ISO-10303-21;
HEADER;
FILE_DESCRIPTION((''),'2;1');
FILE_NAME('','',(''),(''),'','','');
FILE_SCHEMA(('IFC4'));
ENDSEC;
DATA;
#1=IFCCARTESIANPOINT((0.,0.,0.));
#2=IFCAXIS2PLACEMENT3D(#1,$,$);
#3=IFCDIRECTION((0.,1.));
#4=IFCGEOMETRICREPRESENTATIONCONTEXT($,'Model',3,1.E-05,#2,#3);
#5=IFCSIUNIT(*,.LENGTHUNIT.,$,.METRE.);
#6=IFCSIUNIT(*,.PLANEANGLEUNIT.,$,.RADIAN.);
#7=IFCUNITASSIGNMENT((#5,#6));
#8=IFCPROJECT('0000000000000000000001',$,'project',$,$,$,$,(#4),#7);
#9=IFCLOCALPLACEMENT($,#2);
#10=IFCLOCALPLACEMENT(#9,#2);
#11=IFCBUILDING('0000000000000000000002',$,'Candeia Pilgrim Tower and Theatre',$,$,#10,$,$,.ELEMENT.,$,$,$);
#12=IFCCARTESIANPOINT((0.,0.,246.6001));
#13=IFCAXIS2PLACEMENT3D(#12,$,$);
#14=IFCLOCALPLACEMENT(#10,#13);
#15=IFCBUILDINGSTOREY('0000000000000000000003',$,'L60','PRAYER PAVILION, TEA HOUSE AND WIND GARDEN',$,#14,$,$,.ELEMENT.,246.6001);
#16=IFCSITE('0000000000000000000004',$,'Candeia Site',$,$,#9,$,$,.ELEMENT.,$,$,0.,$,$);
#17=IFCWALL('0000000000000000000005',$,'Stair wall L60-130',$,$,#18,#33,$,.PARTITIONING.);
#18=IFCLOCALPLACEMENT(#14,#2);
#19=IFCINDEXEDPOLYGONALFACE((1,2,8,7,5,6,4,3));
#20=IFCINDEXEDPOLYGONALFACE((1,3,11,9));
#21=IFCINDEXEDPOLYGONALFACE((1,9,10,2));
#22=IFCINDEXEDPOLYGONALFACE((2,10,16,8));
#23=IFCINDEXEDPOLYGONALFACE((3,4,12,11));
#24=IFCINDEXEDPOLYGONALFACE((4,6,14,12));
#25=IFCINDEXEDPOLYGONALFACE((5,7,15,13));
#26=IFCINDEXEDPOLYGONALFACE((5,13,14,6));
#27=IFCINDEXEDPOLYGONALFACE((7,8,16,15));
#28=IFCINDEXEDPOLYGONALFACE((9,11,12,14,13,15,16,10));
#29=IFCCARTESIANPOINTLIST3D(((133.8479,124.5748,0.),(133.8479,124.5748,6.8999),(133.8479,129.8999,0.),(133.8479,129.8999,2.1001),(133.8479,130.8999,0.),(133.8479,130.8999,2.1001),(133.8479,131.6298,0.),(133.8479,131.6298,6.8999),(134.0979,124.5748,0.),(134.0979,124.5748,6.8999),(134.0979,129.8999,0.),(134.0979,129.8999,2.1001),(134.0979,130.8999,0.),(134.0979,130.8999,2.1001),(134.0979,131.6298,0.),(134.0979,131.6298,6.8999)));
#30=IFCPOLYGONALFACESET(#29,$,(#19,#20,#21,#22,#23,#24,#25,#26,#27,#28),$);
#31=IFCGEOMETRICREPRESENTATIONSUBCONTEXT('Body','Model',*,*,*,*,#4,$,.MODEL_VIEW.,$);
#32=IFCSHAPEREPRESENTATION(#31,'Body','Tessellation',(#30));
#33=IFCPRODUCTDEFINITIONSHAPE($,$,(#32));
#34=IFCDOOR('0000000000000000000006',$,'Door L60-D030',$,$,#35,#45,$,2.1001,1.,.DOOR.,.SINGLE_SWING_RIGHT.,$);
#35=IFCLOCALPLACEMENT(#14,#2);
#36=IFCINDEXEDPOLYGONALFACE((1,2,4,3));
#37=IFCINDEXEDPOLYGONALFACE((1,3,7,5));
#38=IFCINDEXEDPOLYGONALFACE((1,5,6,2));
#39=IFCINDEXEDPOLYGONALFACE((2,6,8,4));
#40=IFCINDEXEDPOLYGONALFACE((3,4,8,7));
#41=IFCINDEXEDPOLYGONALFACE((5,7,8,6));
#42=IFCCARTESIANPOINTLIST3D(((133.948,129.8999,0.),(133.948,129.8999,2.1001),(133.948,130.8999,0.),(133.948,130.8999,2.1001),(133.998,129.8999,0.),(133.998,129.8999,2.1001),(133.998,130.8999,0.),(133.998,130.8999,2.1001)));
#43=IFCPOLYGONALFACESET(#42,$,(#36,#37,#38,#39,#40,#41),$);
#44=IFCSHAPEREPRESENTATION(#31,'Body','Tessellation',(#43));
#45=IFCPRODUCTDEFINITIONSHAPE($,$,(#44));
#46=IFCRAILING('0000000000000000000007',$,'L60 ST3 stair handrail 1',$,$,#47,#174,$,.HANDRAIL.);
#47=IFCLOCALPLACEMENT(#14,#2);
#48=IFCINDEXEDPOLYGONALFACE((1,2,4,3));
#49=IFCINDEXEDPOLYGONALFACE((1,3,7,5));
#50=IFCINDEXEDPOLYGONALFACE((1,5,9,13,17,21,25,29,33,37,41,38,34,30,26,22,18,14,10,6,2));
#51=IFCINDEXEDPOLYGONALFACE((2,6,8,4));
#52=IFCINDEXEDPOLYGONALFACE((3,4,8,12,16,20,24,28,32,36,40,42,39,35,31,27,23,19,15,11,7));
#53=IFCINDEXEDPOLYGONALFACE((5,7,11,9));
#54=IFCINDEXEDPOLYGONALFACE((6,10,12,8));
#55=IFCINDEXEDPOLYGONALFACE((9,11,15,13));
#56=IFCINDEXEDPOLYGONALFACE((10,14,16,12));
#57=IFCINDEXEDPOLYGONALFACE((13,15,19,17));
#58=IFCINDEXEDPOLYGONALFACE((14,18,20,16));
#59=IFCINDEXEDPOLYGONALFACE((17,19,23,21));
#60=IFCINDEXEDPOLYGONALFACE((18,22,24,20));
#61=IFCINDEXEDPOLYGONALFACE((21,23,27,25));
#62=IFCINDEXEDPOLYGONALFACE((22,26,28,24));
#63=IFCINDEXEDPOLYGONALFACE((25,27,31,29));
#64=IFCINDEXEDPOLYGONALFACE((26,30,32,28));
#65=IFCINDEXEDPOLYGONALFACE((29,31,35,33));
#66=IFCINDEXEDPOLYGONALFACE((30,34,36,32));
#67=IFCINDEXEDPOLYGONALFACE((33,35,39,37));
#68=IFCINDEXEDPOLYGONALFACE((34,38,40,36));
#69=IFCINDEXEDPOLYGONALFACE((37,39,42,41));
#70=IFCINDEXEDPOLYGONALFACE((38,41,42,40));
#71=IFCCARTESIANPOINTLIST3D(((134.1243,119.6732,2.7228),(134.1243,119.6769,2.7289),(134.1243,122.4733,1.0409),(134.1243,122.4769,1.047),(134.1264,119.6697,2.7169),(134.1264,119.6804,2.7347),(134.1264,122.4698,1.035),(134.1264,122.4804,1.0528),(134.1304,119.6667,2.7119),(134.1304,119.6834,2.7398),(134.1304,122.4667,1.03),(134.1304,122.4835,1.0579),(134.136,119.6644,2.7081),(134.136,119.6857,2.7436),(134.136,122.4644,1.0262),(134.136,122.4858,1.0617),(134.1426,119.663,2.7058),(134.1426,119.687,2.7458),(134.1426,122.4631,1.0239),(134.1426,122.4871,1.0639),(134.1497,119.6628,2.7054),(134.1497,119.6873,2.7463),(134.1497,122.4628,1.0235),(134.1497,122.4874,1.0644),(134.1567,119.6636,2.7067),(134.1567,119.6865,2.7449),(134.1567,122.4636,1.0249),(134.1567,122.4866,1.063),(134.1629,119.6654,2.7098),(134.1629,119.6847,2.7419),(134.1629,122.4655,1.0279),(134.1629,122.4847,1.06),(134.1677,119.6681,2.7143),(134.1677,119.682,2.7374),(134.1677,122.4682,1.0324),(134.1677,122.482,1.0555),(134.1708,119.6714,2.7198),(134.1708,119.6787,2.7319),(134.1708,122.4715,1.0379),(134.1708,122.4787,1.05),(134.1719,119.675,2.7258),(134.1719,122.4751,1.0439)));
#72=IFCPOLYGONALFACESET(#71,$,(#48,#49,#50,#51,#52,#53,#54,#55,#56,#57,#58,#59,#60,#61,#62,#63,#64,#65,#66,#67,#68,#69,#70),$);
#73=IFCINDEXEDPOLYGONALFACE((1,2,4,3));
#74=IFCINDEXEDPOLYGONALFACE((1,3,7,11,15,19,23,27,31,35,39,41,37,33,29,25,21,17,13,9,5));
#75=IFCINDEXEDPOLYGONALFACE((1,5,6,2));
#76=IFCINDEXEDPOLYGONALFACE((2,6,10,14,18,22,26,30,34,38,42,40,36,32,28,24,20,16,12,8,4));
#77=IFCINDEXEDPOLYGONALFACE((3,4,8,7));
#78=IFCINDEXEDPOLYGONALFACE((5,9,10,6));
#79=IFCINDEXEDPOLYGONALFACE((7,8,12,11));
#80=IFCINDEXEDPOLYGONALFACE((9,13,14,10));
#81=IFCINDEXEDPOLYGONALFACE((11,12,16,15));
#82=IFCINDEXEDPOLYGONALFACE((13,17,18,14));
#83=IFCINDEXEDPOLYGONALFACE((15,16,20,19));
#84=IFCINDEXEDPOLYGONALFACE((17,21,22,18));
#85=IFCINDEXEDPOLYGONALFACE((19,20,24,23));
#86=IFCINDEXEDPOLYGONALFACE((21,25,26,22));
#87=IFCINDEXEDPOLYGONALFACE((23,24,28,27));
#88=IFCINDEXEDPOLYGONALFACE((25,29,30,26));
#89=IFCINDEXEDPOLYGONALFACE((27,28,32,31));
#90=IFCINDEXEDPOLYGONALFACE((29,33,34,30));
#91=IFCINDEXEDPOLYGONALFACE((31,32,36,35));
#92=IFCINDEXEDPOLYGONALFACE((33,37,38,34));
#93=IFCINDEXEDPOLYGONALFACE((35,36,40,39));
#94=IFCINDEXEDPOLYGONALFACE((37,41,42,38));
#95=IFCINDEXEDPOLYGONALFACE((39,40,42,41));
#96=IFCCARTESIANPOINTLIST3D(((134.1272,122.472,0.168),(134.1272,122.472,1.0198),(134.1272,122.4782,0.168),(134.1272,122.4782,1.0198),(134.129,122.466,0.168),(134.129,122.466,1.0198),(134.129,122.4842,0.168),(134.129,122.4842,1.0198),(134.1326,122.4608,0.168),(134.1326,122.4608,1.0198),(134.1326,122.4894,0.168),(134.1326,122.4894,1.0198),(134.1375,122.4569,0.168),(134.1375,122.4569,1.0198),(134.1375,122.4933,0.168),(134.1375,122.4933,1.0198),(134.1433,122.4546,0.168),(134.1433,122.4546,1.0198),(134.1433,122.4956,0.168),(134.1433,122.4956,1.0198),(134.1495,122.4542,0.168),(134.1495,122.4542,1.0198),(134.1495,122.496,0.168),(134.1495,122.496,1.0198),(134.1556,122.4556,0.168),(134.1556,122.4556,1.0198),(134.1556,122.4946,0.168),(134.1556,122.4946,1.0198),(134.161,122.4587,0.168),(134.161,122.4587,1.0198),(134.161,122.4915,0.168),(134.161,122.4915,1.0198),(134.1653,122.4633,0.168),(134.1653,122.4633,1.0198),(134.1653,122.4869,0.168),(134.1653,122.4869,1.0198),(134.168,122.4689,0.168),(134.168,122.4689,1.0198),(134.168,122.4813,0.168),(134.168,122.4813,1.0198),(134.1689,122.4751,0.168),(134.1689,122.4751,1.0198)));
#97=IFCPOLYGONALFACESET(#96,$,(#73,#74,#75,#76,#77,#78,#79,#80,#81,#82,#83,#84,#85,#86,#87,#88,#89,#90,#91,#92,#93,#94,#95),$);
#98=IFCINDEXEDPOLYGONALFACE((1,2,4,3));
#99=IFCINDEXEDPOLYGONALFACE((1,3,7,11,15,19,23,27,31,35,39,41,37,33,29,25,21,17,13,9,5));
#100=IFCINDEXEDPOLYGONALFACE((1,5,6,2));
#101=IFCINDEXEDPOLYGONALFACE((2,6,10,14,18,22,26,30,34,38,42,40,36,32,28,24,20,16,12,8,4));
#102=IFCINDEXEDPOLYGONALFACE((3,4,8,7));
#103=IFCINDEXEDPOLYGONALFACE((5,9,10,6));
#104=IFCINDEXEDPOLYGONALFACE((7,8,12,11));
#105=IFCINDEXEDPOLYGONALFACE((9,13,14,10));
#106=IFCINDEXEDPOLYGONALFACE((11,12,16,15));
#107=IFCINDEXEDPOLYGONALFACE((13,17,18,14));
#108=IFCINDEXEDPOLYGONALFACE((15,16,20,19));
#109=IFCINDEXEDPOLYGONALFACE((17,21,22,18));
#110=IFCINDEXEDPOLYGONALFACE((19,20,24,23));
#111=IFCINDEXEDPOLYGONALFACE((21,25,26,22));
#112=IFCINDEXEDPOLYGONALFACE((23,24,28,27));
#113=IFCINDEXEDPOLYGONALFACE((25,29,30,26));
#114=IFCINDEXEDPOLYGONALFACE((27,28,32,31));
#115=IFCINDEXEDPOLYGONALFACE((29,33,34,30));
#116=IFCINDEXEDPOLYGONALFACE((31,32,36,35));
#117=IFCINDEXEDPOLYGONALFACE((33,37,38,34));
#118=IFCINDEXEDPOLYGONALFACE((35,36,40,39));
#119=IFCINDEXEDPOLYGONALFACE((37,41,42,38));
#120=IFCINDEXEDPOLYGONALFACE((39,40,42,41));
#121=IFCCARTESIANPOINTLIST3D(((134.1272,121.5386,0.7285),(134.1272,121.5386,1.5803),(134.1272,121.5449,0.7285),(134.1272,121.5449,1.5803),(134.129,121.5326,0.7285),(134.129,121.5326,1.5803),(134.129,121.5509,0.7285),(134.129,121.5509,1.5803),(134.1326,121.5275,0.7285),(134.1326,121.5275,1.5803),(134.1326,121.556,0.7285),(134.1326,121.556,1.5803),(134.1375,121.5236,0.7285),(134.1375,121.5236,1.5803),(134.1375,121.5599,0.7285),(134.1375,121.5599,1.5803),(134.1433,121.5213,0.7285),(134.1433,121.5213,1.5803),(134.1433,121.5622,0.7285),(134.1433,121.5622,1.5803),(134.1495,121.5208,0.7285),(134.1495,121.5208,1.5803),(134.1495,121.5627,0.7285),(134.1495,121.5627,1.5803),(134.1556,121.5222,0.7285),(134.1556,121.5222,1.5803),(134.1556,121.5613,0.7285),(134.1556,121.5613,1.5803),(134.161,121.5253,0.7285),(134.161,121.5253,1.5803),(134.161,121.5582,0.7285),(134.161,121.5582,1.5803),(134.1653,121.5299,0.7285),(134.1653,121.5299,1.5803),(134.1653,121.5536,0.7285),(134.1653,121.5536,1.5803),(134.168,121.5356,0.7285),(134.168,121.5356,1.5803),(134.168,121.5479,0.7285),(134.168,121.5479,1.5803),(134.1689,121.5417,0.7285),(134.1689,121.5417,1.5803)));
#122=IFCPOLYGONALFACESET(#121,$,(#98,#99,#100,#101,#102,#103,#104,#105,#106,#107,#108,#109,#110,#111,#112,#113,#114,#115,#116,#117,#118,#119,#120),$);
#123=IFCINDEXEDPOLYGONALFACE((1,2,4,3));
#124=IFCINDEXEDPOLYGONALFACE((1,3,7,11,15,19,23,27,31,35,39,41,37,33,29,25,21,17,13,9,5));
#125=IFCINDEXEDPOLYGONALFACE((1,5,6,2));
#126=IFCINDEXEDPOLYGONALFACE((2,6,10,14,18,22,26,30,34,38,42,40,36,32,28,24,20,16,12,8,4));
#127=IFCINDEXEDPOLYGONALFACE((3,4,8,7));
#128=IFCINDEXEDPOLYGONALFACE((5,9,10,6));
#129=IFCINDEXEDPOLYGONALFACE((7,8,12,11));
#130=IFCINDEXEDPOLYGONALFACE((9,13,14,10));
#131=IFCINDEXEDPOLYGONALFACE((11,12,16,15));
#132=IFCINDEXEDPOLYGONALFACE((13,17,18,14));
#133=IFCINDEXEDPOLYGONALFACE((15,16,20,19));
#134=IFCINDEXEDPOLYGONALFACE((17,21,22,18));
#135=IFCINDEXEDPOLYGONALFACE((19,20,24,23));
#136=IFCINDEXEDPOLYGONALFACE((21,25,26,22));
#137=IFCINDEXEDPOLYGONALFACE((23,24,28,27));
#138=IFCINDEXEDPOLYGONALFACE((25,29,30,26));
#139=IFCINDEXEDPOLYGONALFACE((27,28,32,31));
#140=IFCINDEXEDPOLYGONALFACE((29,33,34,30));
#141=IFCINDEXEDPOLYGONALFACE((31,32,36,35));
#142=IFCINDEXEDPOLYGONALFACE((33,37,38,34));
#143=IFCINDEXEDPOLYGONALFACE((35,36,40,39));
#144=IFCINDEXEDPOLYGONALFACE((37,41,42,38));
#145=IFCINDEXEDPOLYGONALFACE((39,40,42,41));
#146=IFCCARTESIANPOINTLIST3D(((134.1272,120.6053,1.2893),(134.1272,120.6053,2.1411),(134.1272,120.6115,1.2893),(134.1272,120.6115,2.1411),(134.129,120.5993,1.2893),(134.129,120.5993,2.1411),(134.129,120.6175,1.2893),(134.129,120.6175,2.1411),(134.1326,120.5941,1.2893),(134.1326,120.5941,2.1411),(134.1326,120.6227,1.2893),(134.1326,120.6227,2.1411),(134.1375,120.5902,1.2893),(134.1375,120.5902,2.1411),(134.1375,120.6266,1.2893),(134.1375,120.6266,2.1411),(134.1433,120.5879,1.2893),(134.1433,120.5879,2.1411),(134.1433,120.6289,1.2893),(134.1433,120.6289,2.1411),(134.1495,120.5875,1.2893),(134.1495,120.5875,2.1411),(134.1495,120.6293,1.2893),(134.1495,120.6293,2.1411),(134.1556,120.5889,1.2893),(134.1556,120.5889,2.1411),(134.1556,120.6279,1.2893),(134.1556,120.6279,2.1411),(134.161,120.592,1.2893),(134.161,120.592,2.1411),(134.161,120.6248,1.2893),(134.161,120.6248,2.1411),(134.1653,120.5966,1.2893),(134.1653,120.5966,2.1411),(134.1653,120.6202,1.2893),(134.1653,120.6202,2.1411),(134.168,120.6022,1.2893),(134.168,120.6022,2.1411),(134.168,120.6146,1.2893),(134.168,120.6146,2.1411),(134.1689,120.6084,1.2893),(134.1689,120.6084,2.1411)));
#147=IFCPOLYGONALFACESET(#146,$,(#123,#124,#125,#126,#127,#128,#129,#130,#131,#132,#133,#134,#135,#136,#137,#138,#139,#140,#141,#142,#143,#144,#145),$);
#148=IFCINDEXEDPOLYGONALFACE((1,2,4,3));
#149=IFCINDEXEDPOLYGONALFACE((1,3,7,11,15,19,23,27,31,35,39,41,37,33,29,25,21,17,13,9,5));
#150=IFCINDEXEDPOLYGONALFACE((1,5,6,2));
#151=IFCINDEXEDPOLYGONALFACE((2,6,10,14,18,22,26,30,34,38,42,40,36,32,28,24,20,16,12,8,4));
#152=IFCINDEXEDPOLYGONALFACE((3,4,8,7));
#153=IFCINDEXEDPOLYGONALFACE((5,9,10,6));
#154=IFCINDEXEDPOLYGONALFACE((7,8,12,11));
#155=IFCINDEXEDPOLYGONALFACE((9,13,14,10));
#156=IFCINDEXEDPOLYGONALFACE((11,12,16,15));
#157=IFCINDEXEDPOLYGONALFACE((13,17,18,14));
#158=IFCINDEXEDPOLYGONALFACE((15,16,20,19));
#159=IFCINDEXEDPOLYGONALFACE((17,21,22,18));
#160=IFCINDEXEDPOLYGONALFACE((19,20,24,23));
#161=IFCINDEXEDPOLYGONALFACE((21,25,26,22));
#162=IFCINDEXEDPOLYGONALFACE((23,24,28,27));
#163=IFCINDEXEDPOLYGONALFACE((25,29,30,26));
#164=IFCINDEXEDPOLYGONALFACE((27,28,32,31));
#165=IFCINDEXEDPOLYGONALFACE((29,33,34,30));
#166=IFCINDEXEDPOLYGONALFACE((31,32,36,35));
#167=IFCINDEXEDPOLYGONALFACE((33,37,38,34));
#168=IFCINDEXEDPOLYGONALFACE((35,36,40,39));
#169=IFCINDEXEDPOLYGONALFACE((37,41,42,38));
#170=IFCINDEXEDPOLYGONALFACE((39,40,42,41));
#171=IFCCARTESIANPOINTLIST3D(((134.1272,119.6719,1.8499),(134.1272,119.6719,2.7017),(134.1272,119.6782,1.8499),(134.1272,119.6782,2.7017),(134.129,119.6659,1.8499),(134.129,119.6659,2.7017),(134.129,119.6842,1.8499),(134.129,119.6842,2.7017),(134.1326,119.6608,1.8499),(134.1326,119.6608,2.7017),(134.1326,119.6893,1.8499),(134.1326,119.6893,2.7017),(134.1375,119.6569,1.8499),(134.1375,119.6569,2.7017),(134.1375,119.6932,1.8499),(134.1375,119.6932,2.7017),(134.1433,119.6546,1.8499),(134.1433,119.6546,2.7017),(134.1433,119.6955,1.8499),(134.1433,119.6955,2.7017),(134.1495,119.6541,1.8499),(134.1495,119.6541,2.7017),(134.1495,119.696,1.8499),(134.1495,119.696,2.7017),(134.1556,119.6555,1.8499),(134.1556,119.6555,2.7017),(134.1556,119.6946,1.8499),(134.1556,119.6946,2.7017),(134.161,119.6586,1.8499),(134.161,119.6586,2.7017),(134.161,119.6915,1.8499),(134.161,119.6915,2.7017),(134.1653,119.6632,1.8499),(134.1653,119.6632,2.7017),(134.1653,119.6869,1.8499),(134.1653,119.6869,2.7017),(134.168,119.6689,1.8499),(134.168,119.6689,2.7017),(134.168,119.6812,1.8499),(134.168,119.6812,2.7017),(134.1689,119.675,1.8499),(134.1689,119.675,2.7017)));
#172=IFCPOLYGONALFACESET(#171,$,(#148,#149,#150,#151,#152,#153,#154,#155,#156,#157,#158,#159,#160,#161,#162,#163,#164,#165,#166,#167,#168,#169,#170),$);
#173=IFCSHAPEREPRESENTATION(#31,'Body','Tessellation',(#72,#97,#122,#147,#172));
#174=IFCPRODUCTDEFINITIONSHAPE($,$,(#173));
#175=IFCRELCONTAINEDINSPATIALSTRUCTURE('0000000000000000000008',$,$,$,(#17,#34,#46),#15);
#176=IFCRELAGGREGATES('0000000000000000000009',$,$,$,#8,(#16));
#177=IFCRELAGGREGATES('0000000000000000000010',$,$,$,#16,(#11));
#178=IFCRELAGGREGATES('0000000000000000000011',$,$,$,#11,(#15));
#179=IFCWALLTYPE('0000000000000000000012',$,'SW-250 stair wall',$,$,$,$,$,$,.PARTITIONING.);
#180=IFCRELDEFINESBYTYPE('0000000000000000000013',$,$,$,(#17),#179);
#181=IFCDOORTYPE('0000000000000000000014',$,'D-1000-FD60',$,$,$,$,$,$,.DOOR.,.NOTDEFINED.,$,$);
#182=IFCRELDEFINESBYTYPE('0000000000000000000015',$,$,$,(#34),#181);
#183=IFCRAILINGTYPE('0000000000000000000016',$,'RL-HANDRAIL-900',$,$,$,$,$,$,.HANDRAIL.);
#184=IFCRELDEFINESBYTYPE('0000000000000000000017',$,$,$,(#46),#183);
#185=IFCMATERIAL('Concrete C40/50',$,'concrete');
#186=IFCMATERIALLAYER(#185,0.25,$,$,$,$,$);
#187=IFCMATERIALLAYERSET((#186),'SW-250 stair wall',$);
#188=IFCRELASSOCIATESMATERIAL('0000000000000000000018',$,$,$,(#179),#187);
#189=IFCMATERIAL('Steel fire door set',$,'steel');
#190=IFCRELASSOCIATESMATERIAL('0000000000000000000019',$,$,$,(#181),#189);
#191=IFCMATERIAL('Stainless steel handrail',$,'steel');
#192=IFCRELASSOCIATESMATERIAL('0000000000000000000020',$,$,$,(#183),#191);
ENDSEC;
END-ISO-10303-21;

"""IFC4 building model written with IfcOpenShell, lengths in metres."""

from ifc_helpers import new_model, si_unit, direction, frame, frame_2d, origin, origin_2d, place, context, subcontext, project, spatial, rectangle, circle, extrude, material, layer, layer_set, type_object, element, fill, save


model = new_model("IFC4")

# Units and contexts
model_context = context("Model", 3, precision=1e-05, world=origin(), true_north=direction((0.0, 1.0)))
body_context = subcontext(model_context, "Body", "Model", "MODEL_VIEW")
ifc_project = project(units=[si_unit("LENGTHUNIT", "METRE"), si_unit("PLANEANGLEUNIT", "RADIAN")], contexts=[model_context])

# Site, building, storey
site_placement = place(None, origin())
site = spatial("IfcSite", under=ifc_project, at=site_placement, Name="Candeia Site", CompositionType="ELEMENT", RefElevation=0.0)
building_placement = place(site_placement, origin())
building = spatial("IfcBuilding", under=site, at=building_placement, Name="Candeia Pilgrim Tower and Theatre", CompositionType="ELEMENT")
storey_placement = place(building_placement, frame((0.0, 0.0, 246.6001)))
storey = spatial("IfcBuildingStorey", under=building, at=storey_placement, Name="L60", Description="PRAYER PAVILION, TEA HOUSE AND WIND GARDEN", CompositionType="ELEMENT", Elevation=246.6001)

# Shared definitions
ifc_material_1 = material(Name="Steel fire door set", Category="steel")

# Shared definitions
ifc_material_2 = material(Name="Concrete C40/50", Category="concrete")

# Shared definitions
ifc_layer_1 = layer(ifc_material_2, 0.25)
ifc_layer_set_1 = layer_set([ifc_layer_1], Name="SW-250 stair wall")
wall_type_1 = type_object("IfcWallType", Name="SW-250 stair wall", PredefinedType="PARTITIONING", material=ifc_layer_set_1)

# Wall, opening, door
wall_1_placement = place(storey_placement, frame((133.9729, 124.575, 0.0), z_axis=(0.0, 0.0, 1.0), x_axis=(0.0, 1.0, 0.0)))
wall_1 = element("IfcWall", 1, at=wall_1_placement, inside=storey, type_object=wall_type_1, Name="Stair wall L60-130", PredefinedType="PARTITIONING", context=body_context, shape_type="SweptSolid", body=[
    extrude(rectangle(XDim=7.0549, YDim=0.25, at=frame_2d((3.5273, 0.0))), origin(), (0.0, 0.0, 1.0), 6.8999),
])
opening_1_placement = place(wall_1_placement, frame((5.325, 0.0, 0.0)))
opening_1 = element("IfcOpeningElement", 2, at=opening_1_placement, cuts=wall_1, PredefinedType="OPENING", context=body_context, shape_type="SweptSolid", body=[
    extrude(rectangle(XDim=1.0, YDim=2.1001, at=frame_2d((0.5, 1.05))), frame((0.0, 0.135, 0.0), z_axis=(0.0, -1.0, 0.0), x_axis=(1.0, 0.0, 0.0)), (0.0, 0.0, 1.0), 0.27),
])
door_type_1 = type_object("IfcDoorType", Name="D-1000-FD60", OperationType="NOTDEFINED", PredefinedType="DOOR", material=ifc_material_1)
door_1_placement = place(opening_1_placement, origin())
door_1 = element("IfcDoor", 3, at=door_1_placement, inside=storey, type_object=door_type_1, Name="Door L60-D030", OperationType="SINGLE_SWING_RIGHT", OverallHeight=2.1001, OverallWidth=1.0, PredefinedType="DOOR", context=body_context, shape_type="SweptSolid", body=[
    extrude(rectangle(XDim=1.0, YDim=2.1001, at=frame_2d((0.5, 1.05))), frame((0.0, 0.0249, 0.0), z_axis=(0.0, -1.0, 0.0), x_axis=(1.0, 0.0, 0.0)), (0.0, 0.0, 1.0), 0.05),
])
fill(opening_1, door_1)

# Railing
ifc_material_3 = material(Name="Stainless steel handrail", Category="steel")
railing_type = type_object("IfcRailingType", Name="RL-HANDRAIL-900", PredefinedType="HANDRAIL", material=ifc_material_3)
railing_placement = place(storey_placement, frame((134.1479, 122.4751, 0.168)))
element("IfcRailing", 4, at=railing_placement, inside=storey, type_object=railing_type, Name="L60 ST3 stair handrail 1", PredefinedType="HANDRAIL", context=body_context, shape_type="SweptSolid", body=[
    extrude(circle(Radius=0.0239, at=origin_2d()), frame((0.0, 0.0, 0.876), z_axis=(0.0, -0.857242, 0.514913), x_axis=(1.0, 0.0, 0.0)), (0.0, 0.0, 1.0), 3.2664),
    extrude(circle(Radius=0.021, at=origin_2d()), origin(), (0.0, 0.0, 1.0), 0.8518),
    extrude(circle(Radius=0.021, at=origin_2d()), frame((0.0, -0.9333, 0.5605)), (0.0, 0.0, 1.0), 0.8518),
    extrude(circle(Radius=0.021, at=origin_2d()), frame((0.0, -1.8667, 1.1213)), (0.0, 0.0, 1.0), 0.8518),
    extrude(circle(Radius=0.021, at=origin_2d()), frame((0.0, -2.8, 1.6819)), (0.0, 0.0, 1.0), 0.8518),
])

save(model, "model.ifc")
